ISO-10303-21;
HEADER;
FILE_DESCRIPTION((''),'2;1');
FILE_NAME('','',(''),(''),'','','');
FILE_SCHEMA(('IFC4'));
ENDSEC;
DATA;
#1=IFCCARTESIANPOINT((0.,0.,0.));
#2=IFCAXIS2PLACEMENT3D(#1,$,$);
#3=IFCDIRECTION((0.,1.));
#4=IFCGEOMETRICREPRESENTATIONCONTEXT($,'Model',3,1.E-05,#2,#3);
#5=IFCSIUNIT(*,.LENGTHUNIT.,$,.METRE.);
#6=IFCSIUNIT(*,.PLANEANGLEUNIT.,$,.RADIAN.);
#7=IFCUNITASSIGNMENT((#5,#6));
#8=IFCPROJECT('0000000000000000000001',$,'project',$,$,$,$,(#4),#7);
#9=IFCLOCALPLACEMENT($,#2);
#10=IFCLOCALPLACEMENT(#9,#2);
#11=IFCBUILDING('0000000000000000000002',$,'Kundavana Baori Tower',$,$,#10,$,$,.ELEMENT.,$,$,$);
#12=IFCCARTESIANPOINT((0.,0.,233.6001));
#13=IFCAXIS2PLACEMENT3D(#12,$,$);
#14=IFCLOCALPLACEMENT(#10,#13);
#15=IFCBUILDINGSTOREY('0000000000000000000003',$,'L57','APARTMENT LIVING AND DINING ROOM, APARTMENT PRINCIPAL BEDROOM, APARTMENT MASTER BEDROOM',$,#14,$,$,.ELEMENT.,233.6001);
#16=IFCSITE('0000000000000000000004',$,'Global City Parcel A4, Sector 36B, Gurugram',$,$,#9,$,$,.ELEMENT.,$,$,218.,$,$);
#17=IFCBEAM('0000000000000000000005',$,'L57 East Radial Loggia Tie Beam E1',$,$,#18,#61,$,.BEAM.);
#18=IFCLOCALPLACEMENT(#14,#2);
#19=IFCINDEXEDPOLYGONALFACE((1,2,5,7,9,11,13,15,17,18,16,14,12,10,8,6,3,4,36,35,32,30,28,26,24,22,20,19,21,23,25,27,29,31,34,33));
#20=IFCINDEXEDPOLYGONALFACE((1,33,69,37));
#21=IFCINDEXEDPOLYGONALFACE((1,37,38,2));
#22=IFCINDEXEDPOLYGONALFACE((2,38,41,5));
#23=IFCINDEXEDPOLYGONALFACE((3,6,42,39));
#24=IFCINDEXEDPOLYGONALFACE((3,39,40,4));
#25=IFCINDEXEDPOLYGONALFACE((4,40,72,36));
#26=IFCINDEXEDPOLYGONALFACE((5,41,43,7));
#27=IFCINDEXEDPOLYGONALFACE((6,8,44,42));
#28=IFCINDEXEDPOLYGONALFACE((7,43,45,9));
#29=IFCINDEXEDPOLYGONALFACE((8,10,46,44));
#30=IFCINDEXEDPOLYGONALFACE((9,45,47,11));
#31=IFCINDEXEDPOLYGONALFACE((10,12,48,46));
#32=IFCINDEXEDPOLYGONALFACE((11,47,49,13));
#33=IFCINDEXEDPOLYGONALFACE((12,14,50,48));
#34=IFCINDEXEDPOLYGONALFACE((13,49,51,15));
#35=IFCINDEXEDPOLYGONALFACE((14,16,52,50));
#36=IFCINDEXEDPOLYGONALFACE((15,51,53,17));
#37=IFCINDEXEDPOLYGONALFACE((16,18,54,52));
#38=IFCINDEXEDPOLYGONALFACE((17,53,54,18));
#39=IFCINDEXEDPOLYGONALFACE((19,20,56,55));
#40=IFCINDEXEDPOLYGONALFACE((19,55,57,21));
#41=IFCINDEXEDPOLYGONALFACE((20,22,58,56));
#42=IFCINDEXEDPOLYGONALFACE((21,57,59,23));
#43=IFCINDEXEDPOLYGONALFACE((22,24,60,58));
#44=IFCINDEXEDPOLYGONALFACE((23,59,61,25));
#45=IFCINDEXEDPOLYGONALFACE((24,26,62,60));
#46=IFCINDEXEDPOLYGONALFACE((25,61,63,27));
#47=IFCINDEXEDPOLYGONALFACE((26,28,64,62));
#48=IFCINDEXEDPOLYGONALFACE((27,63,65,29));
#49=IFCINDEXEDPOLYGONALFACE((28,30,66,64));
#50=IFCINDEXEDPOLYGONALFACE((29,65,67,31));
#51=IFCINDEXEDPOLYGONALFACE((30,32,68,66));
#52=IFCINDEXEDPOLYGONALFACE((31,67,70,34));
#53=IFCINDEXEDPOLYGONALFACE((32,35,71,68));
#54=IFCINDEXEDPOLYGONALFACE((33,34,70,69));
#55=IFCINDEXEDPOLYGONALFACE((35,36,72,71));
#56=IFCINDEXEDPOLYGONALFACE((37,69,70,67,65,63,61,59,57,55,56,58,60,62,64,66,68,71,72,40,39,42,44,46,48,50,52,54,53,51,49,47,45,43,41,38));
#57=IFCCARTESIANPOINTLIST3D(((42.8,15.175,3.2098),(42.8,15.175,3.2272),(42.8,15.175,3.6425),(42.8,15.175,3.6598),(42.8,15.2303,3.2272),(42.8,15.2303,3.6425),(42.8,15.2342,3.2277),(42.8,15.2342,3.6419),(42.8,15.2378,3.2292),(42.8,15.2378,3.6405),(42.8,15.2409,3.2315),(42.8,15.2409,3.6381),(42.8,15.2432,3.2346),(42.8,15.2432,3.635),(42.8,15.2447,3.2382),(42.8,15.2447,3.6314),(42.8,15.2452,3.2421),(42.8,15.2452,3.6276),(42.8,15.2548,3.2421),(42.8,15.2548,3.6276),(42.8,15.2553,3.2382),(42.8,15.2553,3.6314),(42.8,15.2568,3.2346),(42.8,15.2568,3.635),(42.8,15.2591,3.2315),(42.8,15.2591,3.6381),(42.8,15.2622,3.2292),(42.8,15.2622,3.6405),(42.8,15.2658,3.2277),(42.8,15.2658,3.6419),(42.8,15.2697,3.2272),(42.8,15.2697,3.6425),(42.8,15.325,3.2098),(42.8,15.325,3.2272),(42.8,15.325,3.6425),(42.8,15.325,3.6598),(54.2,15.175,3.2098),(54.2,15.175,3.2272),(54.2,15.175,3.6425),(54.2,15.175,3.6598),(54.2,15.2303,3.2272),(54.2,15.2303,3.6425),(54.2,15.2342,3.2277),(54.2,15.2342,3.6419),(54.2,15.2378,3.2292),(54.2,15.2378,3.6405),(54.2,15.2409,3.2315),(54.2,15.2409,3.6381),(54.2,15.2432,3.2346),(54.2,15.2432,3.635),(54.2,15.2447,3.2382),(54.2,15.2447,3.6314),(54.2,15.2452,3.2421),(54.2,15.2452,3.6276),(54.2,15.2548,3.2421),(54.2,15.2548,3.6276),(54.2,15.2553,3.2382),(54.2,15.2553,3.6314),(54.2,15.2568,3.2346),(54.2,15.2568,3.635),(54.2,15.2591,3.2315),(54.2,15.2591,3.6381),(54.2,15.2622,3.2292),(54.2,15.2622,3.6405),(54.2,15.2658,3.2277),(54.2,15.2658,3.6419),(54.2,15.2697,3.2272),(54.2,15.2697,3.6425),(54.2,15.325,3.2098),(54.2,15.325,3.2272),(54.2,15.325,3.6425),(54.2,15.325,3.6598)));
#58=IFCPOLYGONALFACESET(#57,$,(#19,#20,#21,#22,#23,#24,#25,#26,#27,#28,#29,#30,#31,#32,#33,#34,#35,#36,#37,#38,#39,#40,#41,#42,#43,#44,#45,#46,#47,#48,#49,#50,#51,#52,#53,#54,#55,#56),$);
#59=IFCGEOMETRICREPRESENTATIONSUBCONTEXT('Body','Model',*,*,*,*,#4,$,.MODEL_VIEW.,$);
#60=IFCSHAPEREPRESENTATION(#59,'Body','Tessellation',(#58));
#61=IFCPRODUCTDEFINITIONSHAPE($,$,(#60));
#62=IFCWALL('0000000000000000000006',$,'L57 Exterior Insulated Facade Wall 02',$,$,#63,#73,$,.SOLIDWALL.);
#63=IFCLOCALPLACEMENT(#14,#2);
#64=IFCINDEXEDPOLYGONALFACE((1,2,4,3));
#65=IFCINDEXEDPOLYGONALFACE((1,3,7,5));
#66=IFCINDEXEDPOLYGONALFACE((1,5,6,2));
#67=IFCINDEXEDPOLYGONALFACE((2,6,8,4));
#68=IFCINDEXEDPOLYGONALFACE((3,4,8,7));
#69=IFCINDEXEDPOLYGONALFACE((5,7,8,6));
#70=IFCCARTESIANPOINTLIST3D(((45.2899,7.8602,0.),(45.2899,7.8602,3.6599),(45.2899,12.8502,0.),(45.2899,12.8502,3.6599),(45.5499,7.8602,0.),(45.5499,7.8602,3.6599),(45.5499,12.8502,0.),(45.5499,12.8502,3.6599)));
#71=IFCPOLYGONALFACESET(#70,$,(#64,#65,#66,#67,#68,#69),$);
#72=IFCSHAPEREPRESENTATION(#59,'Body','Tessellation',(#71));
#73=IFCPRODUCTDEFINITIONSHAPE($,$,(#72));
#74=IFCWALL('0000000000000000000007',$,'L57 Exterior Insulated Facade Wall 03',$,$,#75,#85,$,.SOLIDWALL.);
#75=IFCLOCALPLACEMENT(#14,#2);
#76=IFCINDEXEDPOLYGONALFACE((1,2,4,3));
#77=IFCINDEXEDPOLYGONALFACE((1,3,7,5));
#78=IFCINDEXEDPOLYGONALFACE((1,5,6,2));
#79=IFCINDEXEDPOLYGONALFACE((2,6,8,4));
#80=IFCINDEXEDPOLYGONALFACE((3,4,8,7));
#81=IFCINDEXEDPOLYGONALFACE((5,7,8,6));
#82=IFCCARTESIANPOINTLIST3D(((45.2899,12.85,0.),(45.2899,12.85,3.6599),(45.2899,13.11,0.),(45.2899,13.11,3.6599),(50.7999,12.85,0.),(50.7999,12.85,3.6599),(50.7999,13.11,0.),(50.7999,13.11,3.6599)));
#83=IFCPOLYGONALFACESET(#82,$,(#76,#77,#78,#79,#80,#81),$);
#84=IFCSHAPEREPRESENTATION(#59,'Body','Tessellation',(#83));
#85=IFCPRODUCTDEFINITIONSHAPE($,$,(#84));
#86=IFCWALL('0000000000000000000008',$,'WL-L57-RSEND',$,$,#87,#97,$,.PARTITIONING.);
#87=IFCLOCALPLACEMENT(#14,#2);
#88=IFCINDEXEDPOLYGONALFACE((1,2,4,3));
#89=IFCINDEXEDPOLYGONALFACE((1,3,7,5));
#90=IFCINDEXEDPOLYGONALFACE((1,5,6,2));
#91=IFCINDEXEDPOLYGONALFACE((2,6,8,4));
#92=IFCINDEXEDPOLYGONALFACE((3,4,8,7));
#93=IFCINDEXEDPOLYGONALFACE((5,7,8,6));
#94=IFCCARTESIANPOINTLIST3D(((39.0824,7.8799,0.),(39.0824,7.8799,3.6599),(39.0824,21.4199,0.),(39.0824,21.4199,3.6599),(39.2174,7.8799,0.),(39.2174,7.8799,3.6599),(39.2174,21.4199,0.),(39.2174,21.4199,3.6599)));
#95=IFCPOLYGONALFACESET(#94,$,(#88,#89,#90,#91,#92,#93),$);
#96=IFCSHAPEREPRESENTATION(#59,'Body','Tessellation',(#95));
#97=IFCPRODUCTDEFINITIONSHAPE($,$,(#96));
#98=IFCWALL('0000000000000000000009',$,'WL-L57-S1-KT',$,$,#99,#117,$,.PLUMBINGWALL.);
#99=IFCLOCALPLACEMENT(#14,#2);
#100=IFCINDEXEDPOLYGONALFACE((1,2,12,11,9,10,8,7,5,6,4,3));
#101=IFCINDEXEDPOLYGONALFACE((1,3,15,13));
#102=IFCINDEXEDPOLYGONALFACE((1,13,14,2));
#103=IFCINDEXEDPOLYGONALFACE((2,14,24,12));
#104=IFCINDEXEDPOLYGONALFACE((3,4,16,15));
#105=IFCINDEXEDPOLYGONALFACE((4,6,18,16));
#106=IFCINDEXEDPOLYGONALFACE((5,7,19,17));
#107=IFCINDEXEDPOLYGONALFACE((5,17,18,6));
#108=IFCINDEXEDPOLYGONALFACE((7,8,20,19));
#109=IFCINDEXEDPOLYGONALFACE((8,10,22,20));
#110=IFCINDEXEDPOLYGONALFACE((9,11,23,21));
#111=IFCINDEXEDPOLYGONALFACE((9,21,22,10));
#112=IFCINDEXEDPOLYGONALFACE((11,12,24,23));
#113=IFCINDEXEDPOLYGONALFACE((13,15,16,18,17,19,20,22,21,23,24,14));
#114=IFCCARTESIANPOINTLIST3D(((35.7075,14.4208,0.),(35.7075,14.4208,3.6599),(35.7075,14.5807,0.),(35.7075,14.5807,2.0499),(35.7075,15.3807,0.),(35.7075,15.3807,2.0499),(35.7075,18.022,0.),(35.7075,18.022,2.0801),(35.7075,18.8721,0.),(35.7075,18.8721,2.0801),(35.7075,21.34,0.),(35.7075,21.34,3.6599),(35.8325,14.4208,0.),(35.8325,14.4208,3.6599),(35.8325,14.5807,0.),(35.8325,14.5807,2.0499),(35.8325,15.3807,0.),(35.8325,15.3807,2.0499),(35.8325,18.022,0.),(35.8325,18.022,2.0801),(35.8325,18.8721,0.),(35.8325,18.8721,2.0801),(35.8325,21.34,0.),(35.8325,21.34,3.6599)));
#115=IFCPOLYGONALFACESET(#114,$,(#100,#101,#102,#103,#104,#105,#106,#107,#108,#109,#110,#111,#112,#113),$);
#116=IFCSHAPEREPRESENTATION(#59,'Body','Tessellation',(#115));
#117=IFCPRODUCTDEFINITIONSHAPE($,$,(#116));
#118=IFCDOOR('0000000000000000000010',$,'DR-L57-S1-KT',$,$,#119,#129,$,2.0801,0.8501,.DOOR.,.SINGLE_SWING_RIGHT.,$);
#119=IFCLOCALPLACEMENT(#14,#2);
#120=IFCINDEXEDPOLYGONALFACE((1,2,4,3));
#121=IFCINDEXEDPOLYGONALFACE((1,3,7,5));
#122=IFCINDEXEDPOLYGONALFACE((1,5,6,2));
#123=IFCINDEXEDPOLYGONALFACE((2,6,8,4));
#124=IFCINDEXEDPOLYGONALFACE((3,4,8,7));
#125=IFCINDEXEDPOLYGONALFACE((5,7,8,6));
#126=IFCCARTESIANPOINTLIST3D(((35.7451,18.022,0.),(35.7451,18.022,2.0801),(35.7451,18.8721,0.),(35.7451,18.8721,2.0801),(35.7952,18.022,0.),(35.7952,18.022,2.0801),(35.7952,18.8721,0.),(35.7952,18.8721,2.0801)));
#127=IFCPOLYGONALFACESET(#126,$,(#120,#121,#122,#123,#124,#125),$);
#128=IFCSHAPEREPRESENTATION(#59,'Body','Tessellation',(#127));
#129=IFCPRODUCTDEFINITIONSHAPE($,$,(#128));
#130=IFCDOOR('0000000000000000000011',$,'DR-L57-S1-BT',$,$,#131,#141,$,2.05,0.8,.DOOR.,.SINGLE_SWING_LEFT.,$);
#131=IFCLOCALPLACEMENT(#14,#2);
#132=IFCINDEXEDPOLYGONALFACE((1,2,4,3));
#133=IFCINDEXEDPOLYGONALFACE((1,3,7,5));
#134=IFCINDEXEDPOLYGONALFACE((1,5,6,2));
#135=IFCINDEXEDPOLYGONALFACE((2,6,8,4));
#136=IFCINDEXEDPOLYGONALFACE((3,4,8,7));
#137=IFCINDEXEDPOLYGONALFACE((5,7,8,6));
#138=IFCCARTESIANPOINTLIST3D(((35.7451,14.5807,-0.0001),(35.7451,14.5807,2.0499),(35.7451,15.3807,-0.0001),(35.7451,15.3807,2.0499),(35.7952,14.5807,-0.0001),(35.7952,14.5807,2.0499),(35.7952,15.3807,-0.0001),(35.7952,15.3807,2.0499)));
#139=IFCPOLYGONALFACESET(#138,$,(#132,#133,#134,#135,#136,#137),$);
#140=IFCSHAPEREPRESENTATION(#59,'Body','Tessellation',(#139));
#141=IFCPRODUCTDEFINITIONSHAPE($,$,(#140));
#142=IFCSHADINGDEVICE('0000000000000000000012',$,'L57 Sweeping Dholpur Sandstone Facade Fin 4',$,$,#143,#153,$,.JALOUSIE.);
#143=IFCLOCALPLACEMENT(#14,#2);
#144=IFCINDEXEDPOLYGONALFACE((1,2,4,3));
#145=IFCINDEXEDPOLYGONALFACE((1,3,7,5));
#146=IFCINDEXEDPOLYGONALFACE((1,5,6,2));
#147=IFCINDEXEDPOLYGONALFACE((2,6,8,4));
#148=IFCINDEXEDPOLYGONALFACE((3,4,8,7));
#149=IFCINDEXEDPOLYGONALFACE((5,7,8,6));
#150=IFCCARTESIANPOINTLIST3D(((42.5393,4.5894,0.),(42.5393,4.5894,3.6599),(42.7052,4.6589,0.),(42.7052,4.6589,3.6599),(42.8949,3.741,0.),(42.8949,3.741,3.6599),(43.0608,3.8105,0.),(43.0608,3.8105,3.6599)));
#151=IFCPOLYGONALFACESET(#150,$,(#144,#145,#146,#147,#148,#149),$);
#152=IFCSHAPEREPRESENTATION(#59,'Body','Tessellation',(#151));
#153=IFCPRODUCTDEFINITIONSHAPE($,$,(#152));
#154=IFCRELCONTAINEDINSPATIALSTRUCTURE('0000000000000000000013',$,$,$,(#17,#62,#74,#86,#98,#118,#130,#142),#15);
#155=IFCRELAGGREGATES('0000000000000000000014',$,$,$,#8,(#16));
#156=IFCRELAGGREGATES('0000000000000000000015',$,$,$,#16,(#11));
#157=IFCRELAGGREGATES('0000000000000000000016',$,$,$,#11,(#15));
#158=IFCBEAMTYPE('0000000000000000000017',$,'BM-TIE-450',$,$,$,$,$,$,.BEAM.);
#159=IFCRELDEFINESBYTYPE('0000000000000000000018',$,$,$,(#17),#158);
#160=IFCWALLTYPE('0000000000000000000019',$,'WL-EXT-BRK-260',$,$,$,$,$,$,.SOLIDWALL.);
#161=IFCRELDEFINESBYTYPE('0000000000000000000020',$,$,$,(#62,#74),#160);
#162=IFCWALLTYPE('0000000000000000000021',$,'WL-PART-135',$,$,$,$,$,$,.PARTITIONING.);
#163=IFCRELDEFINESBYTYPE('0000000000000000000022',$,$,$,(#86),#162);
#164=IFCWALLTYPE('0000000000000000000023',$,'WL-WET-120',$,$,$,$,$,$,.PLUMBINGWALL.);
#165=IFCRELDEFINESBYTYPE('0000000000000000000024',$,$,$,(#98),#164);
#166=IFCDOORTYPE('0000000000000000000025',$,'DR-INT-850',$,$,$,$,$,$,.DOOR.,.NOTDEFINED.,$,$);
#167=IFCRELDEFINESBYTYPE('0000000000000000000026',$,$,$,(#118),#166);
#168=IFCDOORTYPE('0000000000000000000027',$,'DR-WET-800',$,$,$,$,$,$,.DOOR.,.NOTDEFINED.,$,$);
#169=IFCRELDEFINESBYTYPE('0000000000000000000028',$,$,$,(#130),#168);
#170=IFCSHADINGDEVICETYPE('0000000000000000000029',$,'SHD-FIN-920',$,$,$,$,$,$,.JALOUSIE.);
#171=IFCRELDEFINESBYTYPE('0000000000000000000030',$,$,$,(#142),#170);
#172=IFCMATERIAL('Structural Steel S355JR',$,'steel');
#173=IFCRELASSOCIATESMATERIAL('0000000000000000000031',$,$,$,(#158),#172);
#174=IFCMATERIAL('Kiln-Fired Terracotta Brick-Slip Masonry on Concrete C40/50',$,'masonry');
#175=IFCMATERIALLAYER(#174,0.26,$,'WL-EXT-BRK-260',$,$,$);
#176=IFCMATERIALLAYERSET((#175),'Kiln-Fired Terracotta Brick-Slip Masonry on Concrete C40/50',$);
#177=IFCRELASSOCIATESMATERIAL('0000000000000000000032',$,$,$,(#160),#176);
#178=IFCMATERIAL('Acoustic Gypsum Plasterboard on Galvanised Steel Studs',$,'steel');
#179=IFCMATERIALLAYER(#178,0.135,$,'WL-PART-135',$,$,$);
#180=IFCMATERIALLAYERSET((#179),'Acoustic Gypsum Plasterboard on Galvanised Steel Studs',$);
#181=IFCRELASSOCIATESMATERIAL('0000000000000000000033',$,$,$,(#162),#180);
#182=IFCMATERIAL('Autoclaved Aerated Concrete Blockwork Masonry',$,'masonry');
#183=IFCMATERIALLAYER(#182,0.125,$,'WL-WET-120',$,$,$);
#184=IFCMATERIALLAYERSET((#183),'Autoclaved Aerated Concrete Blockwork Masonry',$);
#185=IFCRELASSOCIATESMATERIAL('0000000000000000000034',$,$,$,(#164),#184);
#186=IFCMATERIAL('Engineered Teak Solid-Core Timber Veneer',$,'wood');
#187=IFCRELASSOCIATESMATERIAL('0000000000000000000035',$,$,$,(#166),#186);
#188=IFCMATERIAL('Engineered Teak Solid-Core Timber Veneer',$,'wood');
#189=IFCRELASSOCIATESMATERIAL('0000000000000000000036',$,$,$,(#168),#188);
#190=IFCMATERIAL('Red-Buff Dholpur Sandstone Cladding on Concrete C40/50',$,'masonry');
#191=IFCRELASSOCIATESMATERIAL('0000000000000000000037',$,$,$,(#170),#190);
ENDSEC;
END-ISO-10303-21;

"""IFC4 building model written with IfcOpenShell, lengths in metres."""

from ifc_helpers import new_model, si_unit, direction, frame, frame_2d, origin, origin_2d, place, context, subcontext, project, spatial, rectangle, i_section, extrude, material, layer, layer_set, material_profile, profile_set, type_object, element, fill, save


model = new_model("IFC4")

# Units and contexts
model_context = context("Model", 3, precision=1e-05, world=origin(), true_north=direction((0.0, 1.0)))
body_context = subcontext(model_context, "Body", "Model", "MODEL_VIEW")
ifc_project = project(units=[si_unit("LENGTHUNIT", "METRE"), si_unit("PLANEANGLEUNIT", "RADIAN")], contexts=[model_context])

# Site, building, storey
site_placement = place(None, origin())
site = spatial("IfcSite", under=ifc_project, at=site_placement, Name="Global City Parcel A4, Sector 36B, Gurugram", CompositionType="ELEMENT", RefElevation=218.0)
building_placement = place(site_placement, origin())
building = spatial("IfcBuilding", under=site, at=building_placement, Name="Kundavana Baori Tower", CompositionType="ELEMENT")
storey_placement = place(building_placement, frame((0.0, 0.0, 233.6001)))
storey = spatial("IfcBuildingStorey", under=building, at=storey_placement, Name="L57", Description="APARTMENT LIVING AND DINING ROOM, APARTMENT PRINCIPAL BEDROOM, APARTMENT MASTER BEDROOM", CompositionType="ELEMENT", Elevation=233.6001)

# Beam
ifc_material_1 = material(Name="Structural Steel S355JR", Category="steel")
ifc_material_profile_1 = material_profile(ifc_material_1, i_section(OverallWidth=0.1499, OverallDepth=0.45, WebThickness=0.0095, FlangeThickness=0.0173, FilletRadius=0.0149, at=origin_2d()), Name="ISMB 450")
ifc_profile_set_1 = profile_set([ifc_material_profile_1], Name="Structural Steel S355JR")
beam_type_1 = type_object("IfcBeamType", Name="BM-TIE-450", PredefinedType="BEAM", material=ifc_profile_set_1)
beam_1_placement = place(storey_placement, frame((42.8, 15.25, 3.4348), z_axis=(1.0, 0.0, 0.0), x_axis=(0.0, 1.0, 0.0)))
element("IfcBeam", 1, at=beam_1_placement, inside=storey, type_object=beam_type_1, Name="L57 East Radial Loggia Tie Beam E1", PredefinedType="BEAM", context=body_context, shape_type="SweptSolid", body=[
    extrude(i_section(OverallWidth=0.1499, OverallDepth=0.45, WebThickness=0.0095, FlangeThickness=0.0173, FilletRadius=0.0149, at=origin_2d()), origin(), (0.0, 0.0, 1.0), 11.3999),
])

# Walls
ifc_material_2 = material(Name="Kiln-Fired Terracotta Brick-Slip Masonry on Concrete C40/50", Category="masonry")
ifc_layer_1 = layer(ifc_material_2, 0.26, Name="WL-EXT-BRK-260")
ifc_layer_set_1 = layer_set([ifc_layer_1], Name="Kiln-Fired Terracotta Brick-Slip Masonry on Concrete C40/50")
wall_type_1 = type_object("IfcWallType", Name="WL-EXT-BRK-260", PredefinedType="SOLIDWALL", material=ifc_layer_set_1)
wall_1_placement = place(storey_placement, frame((45.4199, 7.8601, 0.0), z_axis=(0.0, 0.0, 1.0), x_axis=(0.0, 1.0, 0.0)))
element("IfcWall", 2, at=wall_1_placement, inside=storey, type_object=wall_type_1, Name="L57 Exterior Insulated Facade Wall 02", PredefinedType="SOLIDWALL", context=body_context, shape_type="SweptSolid", body=[
    extrude(rectangle(XDim=4.99, YDim=0.26, at=frame_2d((2.4951, 0.0))), origin(), (0.0, 0.0, 1.0), 3.6599),
])
wall_2_placement = place(storey_placement, frame((45.29, 12.98, 0.0), z_axis=(0.0, 0.0, 1.0), x_axis=(1.0, 0.0, 0.0)))
element("IfcWall", 3, at=wall_2_placement, inside=storey, type_object=wall_type_1, Name="L57 Exterior Insulated Facade Wall 03", PredefinedType="SOLIDWALL", context=body_context, shape_type="SweptSolid", body=[
    extrude(rectangle(XDim=5.51, YDim=0.26, at=frame_2d((2.7549, 0.0))), origin(), (0.0, 0.0, 1.0), 3.6599),
])

# Wall
ifc_material_3 = material(Name="Acoustic Gypsum Plasterboard on Galvanised Steel Studs", Category="steel")
ifc_layer_2 = layer(ifc_material_3, 0.135, Name="WL-PART-135")
ifc_layer_set_2 = layer_set([ifc_layer_2], Name="Acoustic Gypsum Plasterboard on Galvanised Steel Studs")
wall_type_2 = type_object("IfcWallType", Name="WL-PART-135", PredefinedType="PARTITIONING", material=ifc_layer_set_2)
wall_3_placement = place(storey_placement, frame((39.1499, 7.8799, 0.0), z_axis=(0.0, 0.0, 1.0), x_axis=(0.0, 1.0, 0.0)))
element("IfcWall", 4, at=wall_3_placement, inside=storey, type_object=wall_type_2, Name="WL-L57-RSEND", PredefinedType="PARTITIONING", context=body_context, shape_type="SweptSolid", body=[
    extrude(rectangle(XDim=13.54, YDim=0.135, at=frame_2d((6.77, 0.0))), origin(), (0.0, 0.0, 1.0), 3.6599),
])

# Wall, openings, doors
ifc_material_4 = material(Name="Autoclaved Aerated Concrete Blockwork Masonry", Category="masonry")
ifc_layer_3 = layer(ifc_material_4, 0.125, Name="WL-WET-120")
ifc_layer_set_3 = layer_set([ifc_layer_3], Name="Autoclaved Aerated Concrete Blockwork Masonry")
wall_type_3 = type_object("IfcWallType", Name="WL-WET-120", PredefinedType="PLUMBINGWALL", material=ifc_layer_set_3)
wall_4_placement = place(storey_placement, frame((35.77, 14.4209, 0.0), z_axis=(0.0, 0.0, 1.0), x_axis=(0.0, 1.0, 0.0)))
wall_4 = element("IfcWall", 5, at=wall_4_placement, inside=storey, type_object=wall_type_3, Name="WL-L57-S1-KT", PredefinedType="PLUMBINGWALL", context=body_context, shape_type="SweptSolid", body=[
    extrude(rectangle(XDim=6.9192, YDim=0.125, at=frame_2d((3.4595, 0.0))), origin(), (0.0, 0.0, 1.0), 3.6599),
])
opening_1_placement = place(wall_4_placement, frame((0.1599, 0.0, 0.0)))
opening_1 = element("IfcOpeningElement", 6, at=opening_1_placement, cuts=wall_4, PredefinedType="OPENING", context=body_context, shape_type="SweptSolid", body=[
    extrude(rectangle(XDim=0.8, YDim=2.05, at=frame_2d((0.3999, 1.0249))), frame((0.0, 0.0725, 0.0), z_axis=(0.0, -1.0, 0.0), x_axis=(1.0, 0.0, 0.0)), (0.0, 0.0, 1.0), 0.145),
])
opening_2_placement = place(wall_4_placement, frame((3.6011, 0.0, 0.0)))
opening_2 = element("IfcOpeningElement", 7, at=opening_2_placement, cuts=wall_4, PredefinedType="OPENING", context=body_context, shape_type="SweptSolid", body=[
    extrude(rectangle(XDim=0.8501, YDim=2.0801, at=frame_2d((0.425, 1.04))), frame((0.0, 0.0725, 0.0), z_axis=(0.0, -1.0, 0.0), x_axis=(1.0, 0.0, 0.0)), (0.0, 0.0, 1.0), 0.145),
])
ifc_material_5 = material(Name="Engineered Teak Solid-Core Timber Veneer", Category="wood")
door_type_1 = type_object("IfcDoorType", Name="DR-INT-850", OperationType="NOTDEFINED", PredefinedType="DOOR", material=ifc_material_5)
door_1_placement = place(opening_2_placement, origin())
door_1 = element("IfcDoor", 8, at=door_1_placement, inside=storey, type_object=door_type_1, Name="DR-L57-S1-KT", OperationType="SINGLE_SWING_RIGHT", OverallHeight=2.0801, OverallWidth=0.8501, PredefinedType="DOOR", context=body_context, shape_type="SweptSolid", body=[
    extrude(rectangle(XDim=0.8501, YDim=2.0801, at=frame_2d((0.425, 1.04))), frame((0.0, 0.0249, 0.0), z_axis=(0.0, -1.0, 0.0), x_axis=(1.0, 0.0, 0.0)), (0.0, 0.0, 1.0), 0.05),
])
fill(opening_2, door_1)
ifc_material_6 = material(Name="Engineered Teak Solid-Core Timber Veneer", Category="wood")
door_type_2 = type_object("IfcDoorType", Name="DR-WET-800", OperationType="NOTDEFINED", PredefinedType="DOOR", material=ifc_material_6)
door_2_placement = place(opening_1_placement, origin())
door_2 = element("IfcDoor", 9, at=door_2_placement, inside=storey, type_object=door_type_2, Name="DR-L57-S1-BT", OperationType="SINGLE_SWING_LEFT", OverallHeight=2.05, OverallWidth=0.8, PredefinedType="DOOR", context=body_context, shape_type="SweptSolid", body=[
    extrude(rectangle(XDim=0.8, YDim=2.05, at=frame_2d((0.3999, 1.0249))), frame((0.0, 0.0249, 0.0), z_axis=(0.0, -1.0, 0.0), x_axis=(1.0, 0.0, 0.0)), (0.0, 0.0, 1.0), 0.05),
])
fill(opening_1, door_2)

# Shading device
ifc_material_7 = material(Name="Red-Buff Dholpur Sandstone Cladding on Concrete C40/50", Category="masonry")
shading_device_type = type_object("IfcShadingDeviceType", Name="SHD-FIN-920", PredefinedType="JALOUSIE", material=ifc_material_7)
shading_device_placement = place(storey_placement, frame((42.8, 4.2, 0.0), z_axis=(0.0, 0.0, 1.0), x_axis=(0.922268, 0.38655, 0.0)))
element("IfcShadingDevice", 10, at=shading_device_placement, inside=storey, type_object=shading_device_type, Name="L57 Sweeping Dholpur Sandstone Facade Fin 4", PredefinedType="JALOUSIE", context=body_context, shape_type="SweptSolid", body=[
    extrude(rectangle(XDim=0.1799, YDim=0.9199, at=origin_2d()), origin(), (0.0, 0.0, 1.0), 3.6599),
])

save(model, "model.ifc")
